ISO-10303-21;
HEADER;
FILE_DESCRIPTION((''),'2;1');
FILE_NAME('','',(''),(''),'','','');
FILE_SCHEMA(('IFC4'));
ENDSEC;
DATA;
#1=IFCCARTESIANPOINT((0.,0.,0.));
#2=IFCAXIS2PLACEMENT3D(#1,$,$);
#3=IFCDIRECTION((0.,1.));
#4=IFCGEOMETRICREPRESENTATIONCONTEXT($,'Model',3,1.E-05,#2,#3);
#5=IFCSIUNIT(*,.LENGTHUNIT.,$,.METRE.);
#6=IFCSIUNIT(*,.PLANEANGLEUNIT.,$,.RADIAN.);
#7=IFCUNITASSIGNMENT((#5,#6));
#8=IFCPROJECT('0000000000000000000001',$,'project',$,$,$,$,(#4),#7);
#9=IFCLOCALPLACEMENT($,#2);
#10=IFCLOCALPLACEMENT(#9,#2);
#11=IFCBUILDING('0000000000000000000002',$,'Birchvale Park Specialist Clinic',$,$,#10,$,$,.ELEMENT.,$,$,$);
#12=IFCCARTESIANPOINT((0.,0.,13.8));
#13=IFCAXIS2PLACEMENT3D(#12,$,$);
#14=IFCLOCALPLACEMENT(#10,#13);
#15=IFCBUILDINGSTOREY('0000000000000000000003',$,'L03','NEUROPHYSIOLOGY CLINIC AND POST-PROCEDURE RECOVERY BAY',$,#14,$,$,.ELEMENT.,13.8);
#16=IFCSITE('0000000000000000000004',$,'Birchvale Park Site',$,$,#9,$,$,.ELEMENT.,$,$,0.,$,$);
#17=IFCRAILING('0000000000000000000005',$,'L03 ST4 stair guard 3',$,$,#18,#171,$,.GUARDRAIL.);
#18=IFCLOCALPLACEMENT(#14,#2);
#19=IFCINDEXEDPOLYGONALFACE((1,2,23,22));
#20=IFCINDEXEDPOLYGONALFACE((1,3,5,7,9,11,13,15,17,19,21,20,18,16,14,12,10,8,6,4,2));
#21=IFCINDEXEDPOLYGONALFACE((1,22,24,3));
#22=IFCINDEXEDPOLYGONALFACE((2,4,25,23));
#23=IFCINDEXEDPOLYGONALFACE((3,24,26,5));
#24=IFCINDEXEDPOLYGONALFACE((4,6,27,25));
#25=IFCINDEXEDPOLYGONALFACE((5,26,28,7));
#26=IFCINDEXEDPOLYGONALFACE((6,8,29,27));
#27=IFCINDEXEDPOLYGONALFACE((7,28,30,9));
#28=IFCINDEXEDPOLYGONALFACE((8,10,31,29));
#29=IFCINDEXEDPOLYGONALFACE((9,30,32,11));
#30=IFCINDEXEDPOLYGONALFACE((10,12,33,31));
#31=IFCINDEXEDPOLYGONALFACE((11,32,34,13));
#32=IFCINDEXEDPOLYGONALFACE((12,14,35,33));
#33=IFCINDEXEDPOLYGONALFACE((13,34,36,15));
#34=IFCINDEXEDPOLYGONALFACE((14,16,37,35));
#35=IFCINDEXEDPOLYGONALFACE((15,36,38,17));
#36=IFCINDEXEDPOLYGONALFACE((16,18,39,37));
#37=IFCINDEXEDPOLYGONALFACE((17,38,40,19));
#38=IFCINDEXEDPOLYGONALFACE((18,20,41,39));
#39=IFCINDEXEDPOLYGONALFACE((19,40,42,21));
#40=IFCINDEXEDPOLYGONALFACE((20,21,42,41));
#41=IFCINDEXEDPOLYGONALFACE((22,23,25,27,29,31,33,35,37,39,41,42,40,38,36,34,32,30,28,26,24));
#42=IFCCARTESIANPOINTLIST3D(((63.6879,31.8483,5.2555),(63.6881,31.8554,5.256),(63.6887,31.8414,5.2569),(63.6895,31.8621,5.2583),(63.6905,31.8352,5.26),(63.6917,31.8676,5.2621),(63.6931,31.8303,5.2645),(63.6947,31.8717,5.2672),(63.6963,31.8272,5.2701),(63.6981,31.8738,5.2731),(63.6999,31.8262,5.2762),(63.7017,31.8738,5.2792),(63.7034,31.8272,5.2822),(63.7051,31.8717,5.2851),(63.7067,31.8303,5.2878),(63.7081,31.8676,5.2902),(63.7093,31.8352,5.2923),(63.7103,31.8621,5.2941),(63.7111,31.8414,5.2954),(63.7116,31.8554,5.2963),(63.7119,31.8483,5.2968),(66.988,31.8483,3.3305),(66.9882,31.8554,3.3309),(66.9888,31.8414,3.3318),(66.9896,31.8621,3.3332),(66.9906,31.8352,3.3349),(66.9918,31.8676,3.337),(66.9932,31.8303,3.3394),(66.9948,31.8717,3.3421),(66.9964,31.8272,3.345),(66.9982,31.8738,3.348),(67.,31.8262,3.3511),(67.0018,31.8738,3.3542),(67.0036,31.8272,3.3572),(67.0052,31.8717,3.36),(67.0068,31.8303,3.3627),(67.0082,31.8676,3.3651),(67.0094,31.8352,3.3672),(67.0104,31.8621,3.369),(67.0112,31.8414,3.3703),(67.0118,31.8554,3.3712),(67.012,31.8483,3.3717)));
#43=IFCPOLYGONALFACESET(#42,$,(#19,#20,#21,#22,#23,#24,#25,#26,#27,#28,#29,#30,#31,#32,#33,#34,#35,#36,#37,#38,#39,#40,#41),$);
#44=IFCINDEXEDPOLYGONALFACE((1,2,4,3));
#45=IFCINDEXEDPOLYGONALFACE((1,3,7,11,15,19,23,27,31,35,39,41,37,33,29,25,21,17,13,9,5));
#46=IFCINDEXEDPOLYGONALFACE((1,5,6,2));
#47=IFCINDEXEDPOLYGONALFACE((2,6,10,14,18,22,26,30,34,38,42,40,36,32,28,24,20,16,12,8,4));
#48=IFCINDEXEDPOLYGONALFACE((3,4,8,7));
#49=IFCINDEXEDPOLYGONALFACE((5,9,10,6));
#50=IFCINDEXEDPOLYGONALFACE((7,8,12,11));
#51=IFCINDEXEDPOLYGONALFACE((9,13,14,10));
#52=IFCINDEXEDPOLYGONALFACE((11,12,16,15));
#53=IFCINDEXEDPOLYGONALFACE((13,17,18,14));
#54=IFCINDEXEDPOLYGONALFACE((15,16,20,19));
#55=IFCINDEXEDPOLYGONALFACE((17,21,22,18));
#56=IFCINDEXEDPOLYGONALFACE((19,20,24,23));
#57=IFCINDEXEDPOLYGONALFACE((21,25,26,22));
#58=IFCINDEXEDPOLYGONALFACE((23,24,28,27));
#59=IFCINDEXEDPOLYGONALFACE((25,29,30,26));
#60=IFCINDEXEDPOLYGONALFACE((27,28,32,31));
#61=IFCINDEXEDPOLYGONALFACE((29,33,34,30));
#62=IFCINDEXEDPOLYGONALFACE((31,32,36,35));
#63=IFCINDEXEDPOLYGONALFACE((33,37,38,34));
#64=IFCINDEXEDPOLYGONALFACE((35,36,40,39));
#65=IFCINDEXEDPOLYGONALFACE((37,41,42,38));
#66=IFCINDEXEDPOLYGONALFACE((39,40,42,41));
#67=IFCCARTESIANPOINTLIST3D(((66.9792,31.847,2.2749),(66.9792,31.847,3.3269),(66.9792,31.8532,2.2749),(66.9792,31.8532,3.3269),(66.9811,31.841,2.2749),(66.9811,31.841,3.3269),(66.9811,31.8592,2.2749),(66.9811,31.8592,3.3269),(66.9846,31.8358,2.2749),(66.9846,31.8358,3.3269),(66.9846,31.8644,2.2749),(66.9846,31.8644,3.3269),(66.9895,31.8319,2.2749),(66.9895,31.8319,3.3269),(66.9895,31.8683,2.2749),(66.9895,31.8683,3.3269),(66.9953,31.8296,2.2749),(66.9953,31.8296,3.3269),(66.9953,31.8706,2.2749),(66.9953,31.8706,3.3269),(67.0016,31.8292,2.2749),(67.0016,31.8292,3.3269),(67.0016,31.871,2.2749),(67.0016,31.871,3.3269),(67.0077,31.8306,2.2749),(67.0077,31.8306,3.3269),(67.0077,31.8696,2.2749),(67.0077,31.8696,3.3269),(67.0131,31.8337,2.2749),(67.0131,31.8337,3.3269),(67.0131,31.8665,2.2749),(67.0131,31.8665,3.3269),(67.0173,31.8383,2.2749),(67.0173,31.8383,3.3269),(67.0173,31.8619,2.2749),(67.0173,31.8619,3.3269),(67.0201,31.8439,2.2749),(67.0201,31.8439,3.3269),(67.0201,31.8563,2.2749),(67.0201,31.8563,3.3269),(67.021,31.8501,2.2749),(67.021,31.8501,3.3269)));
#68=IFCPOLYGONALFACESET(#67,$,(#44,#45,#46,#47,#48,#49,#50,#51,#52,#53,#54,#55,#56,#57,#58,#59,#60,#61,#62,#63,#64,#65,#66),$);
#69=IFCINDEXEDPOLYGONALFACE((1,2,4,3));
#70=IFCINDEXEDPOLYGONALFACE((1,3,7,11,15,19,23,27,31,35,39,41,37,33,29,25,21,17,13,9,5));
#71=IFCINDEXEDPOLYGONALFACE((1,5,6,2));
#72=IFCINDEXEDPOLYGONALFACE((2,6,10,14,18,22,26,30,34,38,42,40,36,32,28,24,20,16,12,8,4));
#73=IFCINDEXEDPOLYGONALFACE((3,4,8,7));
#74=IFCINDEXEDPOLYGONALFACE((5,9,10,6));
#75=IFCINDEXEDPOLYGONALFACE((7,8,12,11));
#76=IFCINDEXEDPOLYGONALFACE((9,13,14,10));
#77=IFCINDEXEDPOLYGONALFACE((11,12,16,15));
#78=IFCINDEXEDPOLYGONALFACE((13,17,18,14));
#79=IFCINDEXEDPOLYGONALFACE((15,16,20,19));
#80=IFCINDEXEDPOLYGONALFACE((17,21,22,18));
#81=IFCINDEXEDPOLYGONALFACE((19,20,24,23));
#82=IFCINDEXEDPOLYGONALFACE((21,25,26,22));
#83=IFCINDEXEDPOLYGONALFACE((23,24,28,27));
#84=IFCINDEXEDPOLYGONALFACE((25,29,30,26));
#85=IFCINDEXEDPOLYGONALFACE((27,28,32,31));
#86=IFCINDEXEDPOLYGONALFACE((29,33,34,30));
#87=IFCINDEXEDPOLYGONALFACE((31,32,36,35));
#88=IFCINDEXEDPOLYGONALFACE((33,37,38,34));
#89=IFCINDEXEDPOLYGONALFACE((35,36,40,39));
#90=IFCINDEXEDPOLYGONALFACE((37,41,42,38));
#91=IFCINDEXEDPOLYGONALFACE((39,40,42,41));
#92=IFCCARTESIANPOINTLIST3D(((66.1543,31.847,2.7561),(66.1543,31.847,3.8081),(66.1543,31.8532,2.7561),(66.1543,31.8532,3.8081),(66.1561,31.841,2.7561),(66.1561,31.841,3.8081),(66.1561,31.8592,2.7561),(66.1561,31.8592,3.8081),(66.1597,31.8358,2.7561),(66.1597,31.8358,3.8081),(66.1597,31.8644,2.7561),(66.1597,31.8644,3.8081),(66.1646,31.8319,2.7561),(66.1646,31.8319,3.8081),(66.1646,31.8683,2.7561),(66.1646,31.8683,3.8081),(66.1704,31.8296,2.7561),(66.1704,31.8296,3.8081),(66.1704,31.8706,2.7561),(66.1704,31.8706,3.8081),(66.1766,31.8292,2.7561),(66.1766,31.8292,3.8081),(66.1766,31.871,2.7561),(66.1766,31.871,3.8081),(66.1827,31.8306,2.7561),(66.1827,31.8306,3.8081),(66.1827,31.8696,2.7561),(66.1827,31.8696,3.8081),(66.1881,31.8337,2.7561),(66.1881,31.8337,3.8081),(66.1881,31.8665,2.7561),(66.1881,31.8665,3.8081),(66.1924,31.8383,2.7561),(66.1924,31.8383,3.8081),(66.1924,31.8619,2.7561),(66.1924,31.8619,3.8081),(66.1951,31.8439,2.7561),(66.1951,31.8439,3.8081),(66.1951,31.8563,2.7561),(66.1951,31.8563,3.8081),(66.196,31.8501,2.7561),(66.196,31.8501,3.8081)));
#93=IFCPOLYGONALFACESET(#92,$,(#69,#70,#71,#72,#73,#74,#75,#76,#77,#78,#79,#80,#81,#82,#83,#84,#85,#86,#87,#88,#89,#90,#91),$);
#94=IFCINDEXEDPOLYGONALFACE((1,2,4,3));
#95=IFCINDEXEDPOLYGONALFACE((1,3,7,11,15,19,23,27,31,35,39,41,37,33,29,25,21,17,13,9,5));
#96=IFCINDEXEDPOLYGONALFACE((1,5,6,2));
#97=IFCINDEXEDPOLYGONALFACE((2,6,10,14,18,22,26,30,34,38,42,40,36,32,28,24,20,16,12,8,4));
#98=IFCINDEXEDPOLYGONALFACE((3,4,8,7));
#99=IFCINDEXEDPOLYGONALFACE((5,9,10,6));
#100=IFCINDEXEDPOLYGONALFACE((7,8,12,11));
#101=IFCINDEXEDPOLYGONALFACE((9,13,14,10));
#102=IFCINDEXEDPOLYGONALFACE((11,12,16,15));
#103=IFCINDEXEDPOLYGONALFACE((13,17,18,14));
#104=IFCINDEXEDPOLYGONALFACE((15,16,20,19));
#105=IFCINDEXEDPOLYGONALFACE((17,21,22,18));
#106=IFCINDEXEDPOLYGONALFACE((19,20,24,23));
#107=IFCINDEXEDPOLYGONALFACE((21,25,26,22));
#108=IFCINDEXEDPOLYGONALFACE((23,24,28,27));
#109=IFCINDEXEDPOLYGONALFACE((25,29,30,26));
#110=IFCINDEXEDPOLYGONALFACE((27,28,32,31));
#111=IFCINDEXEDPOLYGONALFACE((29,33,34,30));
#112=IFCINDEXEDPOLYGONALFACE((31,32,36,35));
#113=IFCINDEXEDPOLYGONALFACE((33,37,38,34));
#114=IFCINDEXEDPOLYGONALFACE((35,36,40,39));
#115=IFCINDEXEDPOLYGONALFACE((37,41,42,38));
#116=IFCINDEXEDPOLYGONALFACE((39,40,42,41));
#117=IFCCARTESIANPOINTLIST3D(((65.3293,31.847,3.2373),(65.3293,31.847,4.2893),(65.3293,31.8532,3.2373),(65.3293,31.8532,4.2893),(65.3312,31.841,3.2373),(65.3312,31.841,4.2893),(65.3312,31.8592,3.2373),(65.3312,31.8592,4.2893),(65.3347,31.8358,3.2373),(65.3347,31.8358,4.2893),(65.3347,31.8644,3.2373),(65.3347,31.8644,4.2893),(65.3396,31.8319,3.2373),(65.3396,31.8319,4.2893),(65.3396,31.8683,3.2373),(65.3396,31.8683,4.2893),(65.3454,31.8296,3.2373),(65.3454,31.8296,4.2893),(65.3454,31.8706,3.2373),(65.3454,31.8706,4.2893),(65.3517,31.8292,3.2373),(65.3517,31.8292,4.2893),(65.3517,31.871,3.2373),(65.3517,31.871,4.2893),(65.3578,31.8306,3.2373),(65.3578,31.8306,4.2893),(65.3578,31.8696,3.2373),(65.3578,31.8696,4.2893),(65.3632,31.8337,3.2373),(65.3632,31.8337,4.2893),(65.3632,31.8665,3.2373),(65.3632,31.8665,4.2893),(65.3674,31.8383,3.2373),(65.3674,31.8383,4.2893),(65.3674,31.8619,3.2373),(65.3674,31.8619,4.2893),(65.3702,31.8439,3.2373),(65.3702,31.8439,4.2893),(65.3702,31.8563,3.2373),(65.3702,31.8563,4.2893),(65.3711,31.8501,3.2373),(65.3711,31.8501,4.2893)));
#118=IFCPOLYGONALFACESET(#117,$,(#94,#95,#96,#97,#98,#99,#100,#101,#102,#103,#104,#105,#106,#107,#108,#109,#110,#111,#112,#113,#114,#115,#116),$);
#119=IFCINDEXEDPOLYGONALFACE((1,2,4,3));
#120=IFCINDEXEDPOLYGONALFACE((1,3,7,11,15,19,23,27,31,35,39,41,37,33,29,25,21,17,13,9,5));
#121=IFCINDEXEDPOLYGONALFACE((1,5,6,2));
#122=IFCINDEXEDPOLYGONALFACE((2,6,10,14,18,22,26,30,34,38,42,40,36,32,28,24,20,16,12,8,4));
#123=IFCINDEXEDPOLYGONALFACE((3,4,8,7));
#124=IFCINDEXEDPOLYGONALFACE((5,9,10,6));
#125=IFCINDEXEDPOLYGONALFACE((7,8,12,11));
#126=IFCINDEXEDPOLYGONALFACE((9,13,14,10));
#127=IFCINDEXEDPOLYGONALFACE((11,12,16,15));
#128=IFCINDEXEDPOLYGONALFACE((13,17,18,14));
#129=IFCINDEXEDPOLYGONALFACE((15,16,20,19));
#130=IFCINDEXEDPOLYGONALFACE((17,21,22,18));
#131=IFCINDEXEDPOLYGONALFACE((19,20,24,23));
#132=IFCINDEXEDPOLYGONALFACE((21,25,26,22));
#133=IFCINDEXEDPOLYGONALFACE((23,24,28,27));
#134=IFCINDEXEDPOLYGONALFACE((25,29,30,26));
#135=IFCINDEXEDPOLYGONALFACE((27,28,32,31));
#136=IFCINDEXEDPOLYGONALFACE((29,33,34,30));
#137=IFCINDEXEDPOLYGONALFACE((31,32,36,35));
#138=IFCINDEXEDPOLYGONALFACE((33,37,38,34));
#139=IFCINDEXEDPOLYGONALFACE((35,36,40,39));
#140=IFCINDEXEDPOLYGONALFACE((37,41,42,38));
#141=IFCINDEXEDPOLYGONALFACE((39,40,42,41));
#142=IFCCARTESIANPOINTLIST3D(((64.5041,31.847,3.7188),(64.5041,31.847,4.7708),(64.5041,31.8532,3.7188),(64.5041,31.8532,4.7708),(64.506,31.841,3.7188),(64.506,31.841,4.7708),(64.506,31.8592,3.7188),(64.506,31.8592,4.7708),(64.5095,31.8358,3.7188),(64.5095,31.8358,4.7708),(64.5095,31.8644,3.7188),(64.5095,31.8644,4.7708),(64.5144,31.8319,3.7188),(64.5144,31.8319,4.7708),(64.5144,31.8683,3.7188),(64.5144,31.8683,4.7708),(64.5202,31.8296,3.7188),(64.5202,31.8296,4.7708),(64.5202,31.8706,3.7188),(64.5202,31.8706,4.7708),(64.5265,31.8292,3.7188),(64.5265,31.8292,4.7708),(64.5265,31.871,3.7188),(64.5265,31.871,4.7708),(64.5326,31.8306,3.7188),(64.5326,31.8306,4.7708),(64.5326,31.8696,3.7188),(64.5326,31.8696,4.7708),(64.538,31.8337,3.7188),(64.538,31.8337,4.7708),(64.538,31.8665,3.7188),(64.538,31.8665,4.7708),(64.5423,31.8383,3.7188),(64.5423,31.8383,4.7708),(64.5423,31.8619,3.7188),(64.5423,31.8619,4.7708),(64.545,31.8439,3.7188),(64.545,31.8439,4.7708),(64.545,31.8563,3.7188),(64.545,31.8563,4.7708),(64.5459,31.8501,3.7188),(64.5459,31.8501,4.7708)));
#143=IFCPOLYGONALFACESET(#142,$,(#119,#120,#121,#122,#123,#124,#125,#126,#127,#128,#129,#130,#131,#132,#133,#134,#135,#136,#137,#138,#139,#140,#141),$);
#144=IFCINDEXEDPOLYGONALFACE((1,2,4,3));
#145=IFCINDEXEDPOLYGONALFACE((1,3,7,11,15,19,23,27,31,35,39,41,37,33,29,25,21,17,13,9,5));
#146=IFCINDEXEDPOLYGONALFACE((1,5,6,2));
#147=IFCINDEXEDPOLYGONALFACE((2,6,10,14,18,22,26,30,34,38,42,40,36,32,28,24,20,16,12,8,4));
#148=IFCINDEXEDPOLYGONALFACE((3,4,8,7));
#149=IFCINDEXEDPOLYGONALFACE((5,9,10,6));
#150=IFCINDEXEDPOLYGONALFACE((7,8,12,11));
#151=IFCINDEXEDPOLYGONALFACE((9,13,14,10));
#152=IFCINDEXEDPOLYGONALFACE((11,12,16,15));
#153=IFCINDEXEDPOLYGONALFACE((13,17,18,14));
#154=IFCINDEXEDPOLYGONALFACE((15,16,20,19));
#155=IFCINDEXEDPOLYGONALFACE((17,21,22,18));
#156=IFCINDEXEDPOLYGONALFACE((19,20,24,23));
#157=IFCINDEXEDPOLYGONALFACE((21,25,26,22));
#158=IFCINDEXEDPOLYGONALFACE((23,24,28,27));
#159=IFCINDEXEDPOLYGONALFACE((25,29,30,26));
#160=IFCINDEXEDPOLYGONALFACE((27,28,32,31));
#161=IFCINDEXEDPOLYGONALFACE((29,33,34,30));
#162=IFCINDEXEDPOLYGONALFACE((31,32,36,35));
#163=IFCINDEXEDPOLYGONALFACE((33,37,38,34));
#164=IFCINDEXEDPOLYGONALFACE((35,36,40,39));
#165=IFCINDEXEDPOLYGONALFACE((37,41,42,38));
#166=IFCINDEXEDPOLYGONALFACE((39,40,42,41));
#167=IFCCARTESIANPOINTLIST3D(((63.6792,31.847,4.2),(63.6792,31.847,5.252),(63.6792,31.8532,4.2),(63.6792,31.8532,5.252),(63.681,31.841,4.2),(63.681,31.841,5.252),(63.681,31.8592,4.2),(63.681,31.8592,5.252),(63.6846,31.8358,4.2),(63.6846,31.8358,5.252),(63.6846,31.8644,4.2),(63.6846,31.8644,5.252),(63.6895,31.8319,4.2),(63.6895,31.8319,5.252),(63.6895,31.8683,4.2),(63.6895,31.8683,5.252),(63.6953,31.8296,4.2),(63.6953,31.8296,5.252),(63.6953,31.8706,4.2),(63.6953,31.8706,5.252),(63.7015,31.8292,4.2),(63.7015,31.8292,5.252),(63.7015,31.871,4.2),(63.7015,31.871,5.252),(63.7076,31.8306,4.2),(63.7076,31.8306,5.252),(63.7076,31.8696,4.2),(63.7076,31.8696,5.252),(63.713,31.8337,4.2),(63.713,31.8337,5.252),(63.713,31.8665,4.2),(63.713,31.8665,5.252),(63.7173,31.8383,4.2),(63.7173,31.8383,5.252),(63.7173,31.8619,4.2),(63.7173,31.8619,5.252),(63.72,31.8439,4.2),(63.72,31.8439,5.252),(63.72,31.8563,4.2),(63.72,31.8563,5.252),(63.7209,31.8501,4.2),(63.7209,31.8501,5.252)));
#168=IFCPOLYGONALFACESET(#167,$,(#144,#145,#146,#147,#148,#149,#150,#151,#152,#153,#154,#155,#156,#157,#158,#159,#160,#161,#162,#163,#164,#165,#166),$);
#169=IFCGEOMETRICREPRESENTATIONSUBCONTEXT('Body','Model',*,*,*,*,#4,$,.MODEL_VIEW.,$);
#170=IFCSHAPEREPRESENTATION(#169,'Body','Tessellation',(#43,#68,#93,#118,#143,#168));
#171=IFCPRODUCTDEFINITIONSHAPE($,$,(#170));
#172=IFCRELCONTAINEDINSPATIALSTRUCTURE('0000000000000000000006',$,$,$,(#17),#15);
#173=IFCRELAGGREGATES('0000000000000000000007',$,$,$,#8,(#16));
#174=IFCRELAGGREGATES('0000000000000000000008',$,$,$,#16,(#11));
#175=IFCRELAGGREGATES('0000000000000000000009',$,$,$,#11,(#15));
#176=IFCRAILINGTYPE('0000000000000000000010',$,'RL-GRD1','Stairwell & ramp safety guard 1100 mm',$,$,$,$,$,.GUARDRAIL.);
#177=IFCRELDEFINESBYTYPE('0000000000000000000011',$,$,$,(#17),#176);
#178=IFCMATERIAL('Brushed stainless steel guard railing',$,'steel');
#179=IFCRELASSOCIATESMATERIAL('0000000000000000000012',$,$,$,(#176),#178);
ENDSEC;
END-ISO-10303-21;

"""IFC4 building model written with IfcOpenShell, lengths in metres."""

from ifc_helpers import new_model, si_unit, direction, frame, origin, origin_2d, place, context, subcontext, project, spatial, circle, extrude, material, type_object, element, save


model = new_model("IFC4")

# Units and contexts
model_context = context("Model", 3, precision=1e-05, world=origin(), true_north=direction((0.0, 1.0)))
body_context = subcontext(model_context, "Body", "Model", "MODEL_VIEW")
ifc_project = project(units=[si_unit("LENGTHUNIT", "METRE"), si_unit("PLANEANGLEUNIT", "RADIAN")], contexts=[model_context])

# Site, building, storey
site_placement = place(None, origin())
site = spatial("IfcSite", under=ifc_project, at=site_placement, Name="Birchvale Park Site", CompositionType="ELEMENT", RefElevation=0.0)
building_placement = place(site_placement, origin())
building = spatial("IfcBuilding", under=site, at=building_placement, Name="Birchvale Park Specialist Clinic", CompositionType="ELEMENT")
storey_placement = place(building_placement, frame((0.0, 0.0, 13.8)))
storey = spatial("IfcBuildingStorey", under=building, at=storey_placement, Name="L03", Description="NEUROPHYSIOLOGY CLINIC AND POST-PROCEDURE RECOVERY BAY", CompositionType="ELEMENT", Elevation=13.8)

# Railing
ifc_material_1 = material(Name="Brushed stainless steel guard railing", Category="steel")
railing_type_1 = type_object("IfcRailingType", Name="RL-GRD1", Description="Stairwell & ramp safety guard 1100 mm", PredefinedType="GUARDRAIL", material=ifc_material_1)
railing_1_placement = place(storey_placement, frame((67.0, 31.8501, 2.2749)))
element("IfcRailing", 1, at=railing_1_placement, inside=storey, type_object=railing_type_1, Name="L03 ST4 stair guard 3", PredefinedType="GUARDRAIL", context=body_context, shape_type="SweptSolid", body=[
    extrude(circle(Radius=0.0239, at=origin_2d()), frame((0.0, 0.0, 1.0762), z_axis=(-0.863777, 0.0, 0.503875), x_axis=(0.0, -1.0, 0.0)), (0.0, 0.0, 1.0), 3.8206),
    extrude(circle(Radius=0.021, at=origin_2d()), origin(), (0.0, 0.0, 1.0), 1.052),
    extrude(circle(Radius=0.021, at=origin_2d()), frame((-0.825, 0.0, 0.4812)), (0.0, 0.0, 1.0), 1.052),
    extrude(circle(Radius=0.021, at=origin_2d()), frame((-1.6499, 0.0, 0.9624)), (0.0, 0.0, 1.0), 1.052),
    extrude(circle(Radius=0.021, at=origin_2d()), frame((-2.4751, 0.0, 1.4438)), (0.0, 0.0, 1.0), 1.052),
    extrude(circle(Radius=0.021, at=origin_2d()), frame((-3.3, 0.0, 1.925)), (0.0, 0.0, 1.0), 1.052),
])

save(model, "model.ifc")
